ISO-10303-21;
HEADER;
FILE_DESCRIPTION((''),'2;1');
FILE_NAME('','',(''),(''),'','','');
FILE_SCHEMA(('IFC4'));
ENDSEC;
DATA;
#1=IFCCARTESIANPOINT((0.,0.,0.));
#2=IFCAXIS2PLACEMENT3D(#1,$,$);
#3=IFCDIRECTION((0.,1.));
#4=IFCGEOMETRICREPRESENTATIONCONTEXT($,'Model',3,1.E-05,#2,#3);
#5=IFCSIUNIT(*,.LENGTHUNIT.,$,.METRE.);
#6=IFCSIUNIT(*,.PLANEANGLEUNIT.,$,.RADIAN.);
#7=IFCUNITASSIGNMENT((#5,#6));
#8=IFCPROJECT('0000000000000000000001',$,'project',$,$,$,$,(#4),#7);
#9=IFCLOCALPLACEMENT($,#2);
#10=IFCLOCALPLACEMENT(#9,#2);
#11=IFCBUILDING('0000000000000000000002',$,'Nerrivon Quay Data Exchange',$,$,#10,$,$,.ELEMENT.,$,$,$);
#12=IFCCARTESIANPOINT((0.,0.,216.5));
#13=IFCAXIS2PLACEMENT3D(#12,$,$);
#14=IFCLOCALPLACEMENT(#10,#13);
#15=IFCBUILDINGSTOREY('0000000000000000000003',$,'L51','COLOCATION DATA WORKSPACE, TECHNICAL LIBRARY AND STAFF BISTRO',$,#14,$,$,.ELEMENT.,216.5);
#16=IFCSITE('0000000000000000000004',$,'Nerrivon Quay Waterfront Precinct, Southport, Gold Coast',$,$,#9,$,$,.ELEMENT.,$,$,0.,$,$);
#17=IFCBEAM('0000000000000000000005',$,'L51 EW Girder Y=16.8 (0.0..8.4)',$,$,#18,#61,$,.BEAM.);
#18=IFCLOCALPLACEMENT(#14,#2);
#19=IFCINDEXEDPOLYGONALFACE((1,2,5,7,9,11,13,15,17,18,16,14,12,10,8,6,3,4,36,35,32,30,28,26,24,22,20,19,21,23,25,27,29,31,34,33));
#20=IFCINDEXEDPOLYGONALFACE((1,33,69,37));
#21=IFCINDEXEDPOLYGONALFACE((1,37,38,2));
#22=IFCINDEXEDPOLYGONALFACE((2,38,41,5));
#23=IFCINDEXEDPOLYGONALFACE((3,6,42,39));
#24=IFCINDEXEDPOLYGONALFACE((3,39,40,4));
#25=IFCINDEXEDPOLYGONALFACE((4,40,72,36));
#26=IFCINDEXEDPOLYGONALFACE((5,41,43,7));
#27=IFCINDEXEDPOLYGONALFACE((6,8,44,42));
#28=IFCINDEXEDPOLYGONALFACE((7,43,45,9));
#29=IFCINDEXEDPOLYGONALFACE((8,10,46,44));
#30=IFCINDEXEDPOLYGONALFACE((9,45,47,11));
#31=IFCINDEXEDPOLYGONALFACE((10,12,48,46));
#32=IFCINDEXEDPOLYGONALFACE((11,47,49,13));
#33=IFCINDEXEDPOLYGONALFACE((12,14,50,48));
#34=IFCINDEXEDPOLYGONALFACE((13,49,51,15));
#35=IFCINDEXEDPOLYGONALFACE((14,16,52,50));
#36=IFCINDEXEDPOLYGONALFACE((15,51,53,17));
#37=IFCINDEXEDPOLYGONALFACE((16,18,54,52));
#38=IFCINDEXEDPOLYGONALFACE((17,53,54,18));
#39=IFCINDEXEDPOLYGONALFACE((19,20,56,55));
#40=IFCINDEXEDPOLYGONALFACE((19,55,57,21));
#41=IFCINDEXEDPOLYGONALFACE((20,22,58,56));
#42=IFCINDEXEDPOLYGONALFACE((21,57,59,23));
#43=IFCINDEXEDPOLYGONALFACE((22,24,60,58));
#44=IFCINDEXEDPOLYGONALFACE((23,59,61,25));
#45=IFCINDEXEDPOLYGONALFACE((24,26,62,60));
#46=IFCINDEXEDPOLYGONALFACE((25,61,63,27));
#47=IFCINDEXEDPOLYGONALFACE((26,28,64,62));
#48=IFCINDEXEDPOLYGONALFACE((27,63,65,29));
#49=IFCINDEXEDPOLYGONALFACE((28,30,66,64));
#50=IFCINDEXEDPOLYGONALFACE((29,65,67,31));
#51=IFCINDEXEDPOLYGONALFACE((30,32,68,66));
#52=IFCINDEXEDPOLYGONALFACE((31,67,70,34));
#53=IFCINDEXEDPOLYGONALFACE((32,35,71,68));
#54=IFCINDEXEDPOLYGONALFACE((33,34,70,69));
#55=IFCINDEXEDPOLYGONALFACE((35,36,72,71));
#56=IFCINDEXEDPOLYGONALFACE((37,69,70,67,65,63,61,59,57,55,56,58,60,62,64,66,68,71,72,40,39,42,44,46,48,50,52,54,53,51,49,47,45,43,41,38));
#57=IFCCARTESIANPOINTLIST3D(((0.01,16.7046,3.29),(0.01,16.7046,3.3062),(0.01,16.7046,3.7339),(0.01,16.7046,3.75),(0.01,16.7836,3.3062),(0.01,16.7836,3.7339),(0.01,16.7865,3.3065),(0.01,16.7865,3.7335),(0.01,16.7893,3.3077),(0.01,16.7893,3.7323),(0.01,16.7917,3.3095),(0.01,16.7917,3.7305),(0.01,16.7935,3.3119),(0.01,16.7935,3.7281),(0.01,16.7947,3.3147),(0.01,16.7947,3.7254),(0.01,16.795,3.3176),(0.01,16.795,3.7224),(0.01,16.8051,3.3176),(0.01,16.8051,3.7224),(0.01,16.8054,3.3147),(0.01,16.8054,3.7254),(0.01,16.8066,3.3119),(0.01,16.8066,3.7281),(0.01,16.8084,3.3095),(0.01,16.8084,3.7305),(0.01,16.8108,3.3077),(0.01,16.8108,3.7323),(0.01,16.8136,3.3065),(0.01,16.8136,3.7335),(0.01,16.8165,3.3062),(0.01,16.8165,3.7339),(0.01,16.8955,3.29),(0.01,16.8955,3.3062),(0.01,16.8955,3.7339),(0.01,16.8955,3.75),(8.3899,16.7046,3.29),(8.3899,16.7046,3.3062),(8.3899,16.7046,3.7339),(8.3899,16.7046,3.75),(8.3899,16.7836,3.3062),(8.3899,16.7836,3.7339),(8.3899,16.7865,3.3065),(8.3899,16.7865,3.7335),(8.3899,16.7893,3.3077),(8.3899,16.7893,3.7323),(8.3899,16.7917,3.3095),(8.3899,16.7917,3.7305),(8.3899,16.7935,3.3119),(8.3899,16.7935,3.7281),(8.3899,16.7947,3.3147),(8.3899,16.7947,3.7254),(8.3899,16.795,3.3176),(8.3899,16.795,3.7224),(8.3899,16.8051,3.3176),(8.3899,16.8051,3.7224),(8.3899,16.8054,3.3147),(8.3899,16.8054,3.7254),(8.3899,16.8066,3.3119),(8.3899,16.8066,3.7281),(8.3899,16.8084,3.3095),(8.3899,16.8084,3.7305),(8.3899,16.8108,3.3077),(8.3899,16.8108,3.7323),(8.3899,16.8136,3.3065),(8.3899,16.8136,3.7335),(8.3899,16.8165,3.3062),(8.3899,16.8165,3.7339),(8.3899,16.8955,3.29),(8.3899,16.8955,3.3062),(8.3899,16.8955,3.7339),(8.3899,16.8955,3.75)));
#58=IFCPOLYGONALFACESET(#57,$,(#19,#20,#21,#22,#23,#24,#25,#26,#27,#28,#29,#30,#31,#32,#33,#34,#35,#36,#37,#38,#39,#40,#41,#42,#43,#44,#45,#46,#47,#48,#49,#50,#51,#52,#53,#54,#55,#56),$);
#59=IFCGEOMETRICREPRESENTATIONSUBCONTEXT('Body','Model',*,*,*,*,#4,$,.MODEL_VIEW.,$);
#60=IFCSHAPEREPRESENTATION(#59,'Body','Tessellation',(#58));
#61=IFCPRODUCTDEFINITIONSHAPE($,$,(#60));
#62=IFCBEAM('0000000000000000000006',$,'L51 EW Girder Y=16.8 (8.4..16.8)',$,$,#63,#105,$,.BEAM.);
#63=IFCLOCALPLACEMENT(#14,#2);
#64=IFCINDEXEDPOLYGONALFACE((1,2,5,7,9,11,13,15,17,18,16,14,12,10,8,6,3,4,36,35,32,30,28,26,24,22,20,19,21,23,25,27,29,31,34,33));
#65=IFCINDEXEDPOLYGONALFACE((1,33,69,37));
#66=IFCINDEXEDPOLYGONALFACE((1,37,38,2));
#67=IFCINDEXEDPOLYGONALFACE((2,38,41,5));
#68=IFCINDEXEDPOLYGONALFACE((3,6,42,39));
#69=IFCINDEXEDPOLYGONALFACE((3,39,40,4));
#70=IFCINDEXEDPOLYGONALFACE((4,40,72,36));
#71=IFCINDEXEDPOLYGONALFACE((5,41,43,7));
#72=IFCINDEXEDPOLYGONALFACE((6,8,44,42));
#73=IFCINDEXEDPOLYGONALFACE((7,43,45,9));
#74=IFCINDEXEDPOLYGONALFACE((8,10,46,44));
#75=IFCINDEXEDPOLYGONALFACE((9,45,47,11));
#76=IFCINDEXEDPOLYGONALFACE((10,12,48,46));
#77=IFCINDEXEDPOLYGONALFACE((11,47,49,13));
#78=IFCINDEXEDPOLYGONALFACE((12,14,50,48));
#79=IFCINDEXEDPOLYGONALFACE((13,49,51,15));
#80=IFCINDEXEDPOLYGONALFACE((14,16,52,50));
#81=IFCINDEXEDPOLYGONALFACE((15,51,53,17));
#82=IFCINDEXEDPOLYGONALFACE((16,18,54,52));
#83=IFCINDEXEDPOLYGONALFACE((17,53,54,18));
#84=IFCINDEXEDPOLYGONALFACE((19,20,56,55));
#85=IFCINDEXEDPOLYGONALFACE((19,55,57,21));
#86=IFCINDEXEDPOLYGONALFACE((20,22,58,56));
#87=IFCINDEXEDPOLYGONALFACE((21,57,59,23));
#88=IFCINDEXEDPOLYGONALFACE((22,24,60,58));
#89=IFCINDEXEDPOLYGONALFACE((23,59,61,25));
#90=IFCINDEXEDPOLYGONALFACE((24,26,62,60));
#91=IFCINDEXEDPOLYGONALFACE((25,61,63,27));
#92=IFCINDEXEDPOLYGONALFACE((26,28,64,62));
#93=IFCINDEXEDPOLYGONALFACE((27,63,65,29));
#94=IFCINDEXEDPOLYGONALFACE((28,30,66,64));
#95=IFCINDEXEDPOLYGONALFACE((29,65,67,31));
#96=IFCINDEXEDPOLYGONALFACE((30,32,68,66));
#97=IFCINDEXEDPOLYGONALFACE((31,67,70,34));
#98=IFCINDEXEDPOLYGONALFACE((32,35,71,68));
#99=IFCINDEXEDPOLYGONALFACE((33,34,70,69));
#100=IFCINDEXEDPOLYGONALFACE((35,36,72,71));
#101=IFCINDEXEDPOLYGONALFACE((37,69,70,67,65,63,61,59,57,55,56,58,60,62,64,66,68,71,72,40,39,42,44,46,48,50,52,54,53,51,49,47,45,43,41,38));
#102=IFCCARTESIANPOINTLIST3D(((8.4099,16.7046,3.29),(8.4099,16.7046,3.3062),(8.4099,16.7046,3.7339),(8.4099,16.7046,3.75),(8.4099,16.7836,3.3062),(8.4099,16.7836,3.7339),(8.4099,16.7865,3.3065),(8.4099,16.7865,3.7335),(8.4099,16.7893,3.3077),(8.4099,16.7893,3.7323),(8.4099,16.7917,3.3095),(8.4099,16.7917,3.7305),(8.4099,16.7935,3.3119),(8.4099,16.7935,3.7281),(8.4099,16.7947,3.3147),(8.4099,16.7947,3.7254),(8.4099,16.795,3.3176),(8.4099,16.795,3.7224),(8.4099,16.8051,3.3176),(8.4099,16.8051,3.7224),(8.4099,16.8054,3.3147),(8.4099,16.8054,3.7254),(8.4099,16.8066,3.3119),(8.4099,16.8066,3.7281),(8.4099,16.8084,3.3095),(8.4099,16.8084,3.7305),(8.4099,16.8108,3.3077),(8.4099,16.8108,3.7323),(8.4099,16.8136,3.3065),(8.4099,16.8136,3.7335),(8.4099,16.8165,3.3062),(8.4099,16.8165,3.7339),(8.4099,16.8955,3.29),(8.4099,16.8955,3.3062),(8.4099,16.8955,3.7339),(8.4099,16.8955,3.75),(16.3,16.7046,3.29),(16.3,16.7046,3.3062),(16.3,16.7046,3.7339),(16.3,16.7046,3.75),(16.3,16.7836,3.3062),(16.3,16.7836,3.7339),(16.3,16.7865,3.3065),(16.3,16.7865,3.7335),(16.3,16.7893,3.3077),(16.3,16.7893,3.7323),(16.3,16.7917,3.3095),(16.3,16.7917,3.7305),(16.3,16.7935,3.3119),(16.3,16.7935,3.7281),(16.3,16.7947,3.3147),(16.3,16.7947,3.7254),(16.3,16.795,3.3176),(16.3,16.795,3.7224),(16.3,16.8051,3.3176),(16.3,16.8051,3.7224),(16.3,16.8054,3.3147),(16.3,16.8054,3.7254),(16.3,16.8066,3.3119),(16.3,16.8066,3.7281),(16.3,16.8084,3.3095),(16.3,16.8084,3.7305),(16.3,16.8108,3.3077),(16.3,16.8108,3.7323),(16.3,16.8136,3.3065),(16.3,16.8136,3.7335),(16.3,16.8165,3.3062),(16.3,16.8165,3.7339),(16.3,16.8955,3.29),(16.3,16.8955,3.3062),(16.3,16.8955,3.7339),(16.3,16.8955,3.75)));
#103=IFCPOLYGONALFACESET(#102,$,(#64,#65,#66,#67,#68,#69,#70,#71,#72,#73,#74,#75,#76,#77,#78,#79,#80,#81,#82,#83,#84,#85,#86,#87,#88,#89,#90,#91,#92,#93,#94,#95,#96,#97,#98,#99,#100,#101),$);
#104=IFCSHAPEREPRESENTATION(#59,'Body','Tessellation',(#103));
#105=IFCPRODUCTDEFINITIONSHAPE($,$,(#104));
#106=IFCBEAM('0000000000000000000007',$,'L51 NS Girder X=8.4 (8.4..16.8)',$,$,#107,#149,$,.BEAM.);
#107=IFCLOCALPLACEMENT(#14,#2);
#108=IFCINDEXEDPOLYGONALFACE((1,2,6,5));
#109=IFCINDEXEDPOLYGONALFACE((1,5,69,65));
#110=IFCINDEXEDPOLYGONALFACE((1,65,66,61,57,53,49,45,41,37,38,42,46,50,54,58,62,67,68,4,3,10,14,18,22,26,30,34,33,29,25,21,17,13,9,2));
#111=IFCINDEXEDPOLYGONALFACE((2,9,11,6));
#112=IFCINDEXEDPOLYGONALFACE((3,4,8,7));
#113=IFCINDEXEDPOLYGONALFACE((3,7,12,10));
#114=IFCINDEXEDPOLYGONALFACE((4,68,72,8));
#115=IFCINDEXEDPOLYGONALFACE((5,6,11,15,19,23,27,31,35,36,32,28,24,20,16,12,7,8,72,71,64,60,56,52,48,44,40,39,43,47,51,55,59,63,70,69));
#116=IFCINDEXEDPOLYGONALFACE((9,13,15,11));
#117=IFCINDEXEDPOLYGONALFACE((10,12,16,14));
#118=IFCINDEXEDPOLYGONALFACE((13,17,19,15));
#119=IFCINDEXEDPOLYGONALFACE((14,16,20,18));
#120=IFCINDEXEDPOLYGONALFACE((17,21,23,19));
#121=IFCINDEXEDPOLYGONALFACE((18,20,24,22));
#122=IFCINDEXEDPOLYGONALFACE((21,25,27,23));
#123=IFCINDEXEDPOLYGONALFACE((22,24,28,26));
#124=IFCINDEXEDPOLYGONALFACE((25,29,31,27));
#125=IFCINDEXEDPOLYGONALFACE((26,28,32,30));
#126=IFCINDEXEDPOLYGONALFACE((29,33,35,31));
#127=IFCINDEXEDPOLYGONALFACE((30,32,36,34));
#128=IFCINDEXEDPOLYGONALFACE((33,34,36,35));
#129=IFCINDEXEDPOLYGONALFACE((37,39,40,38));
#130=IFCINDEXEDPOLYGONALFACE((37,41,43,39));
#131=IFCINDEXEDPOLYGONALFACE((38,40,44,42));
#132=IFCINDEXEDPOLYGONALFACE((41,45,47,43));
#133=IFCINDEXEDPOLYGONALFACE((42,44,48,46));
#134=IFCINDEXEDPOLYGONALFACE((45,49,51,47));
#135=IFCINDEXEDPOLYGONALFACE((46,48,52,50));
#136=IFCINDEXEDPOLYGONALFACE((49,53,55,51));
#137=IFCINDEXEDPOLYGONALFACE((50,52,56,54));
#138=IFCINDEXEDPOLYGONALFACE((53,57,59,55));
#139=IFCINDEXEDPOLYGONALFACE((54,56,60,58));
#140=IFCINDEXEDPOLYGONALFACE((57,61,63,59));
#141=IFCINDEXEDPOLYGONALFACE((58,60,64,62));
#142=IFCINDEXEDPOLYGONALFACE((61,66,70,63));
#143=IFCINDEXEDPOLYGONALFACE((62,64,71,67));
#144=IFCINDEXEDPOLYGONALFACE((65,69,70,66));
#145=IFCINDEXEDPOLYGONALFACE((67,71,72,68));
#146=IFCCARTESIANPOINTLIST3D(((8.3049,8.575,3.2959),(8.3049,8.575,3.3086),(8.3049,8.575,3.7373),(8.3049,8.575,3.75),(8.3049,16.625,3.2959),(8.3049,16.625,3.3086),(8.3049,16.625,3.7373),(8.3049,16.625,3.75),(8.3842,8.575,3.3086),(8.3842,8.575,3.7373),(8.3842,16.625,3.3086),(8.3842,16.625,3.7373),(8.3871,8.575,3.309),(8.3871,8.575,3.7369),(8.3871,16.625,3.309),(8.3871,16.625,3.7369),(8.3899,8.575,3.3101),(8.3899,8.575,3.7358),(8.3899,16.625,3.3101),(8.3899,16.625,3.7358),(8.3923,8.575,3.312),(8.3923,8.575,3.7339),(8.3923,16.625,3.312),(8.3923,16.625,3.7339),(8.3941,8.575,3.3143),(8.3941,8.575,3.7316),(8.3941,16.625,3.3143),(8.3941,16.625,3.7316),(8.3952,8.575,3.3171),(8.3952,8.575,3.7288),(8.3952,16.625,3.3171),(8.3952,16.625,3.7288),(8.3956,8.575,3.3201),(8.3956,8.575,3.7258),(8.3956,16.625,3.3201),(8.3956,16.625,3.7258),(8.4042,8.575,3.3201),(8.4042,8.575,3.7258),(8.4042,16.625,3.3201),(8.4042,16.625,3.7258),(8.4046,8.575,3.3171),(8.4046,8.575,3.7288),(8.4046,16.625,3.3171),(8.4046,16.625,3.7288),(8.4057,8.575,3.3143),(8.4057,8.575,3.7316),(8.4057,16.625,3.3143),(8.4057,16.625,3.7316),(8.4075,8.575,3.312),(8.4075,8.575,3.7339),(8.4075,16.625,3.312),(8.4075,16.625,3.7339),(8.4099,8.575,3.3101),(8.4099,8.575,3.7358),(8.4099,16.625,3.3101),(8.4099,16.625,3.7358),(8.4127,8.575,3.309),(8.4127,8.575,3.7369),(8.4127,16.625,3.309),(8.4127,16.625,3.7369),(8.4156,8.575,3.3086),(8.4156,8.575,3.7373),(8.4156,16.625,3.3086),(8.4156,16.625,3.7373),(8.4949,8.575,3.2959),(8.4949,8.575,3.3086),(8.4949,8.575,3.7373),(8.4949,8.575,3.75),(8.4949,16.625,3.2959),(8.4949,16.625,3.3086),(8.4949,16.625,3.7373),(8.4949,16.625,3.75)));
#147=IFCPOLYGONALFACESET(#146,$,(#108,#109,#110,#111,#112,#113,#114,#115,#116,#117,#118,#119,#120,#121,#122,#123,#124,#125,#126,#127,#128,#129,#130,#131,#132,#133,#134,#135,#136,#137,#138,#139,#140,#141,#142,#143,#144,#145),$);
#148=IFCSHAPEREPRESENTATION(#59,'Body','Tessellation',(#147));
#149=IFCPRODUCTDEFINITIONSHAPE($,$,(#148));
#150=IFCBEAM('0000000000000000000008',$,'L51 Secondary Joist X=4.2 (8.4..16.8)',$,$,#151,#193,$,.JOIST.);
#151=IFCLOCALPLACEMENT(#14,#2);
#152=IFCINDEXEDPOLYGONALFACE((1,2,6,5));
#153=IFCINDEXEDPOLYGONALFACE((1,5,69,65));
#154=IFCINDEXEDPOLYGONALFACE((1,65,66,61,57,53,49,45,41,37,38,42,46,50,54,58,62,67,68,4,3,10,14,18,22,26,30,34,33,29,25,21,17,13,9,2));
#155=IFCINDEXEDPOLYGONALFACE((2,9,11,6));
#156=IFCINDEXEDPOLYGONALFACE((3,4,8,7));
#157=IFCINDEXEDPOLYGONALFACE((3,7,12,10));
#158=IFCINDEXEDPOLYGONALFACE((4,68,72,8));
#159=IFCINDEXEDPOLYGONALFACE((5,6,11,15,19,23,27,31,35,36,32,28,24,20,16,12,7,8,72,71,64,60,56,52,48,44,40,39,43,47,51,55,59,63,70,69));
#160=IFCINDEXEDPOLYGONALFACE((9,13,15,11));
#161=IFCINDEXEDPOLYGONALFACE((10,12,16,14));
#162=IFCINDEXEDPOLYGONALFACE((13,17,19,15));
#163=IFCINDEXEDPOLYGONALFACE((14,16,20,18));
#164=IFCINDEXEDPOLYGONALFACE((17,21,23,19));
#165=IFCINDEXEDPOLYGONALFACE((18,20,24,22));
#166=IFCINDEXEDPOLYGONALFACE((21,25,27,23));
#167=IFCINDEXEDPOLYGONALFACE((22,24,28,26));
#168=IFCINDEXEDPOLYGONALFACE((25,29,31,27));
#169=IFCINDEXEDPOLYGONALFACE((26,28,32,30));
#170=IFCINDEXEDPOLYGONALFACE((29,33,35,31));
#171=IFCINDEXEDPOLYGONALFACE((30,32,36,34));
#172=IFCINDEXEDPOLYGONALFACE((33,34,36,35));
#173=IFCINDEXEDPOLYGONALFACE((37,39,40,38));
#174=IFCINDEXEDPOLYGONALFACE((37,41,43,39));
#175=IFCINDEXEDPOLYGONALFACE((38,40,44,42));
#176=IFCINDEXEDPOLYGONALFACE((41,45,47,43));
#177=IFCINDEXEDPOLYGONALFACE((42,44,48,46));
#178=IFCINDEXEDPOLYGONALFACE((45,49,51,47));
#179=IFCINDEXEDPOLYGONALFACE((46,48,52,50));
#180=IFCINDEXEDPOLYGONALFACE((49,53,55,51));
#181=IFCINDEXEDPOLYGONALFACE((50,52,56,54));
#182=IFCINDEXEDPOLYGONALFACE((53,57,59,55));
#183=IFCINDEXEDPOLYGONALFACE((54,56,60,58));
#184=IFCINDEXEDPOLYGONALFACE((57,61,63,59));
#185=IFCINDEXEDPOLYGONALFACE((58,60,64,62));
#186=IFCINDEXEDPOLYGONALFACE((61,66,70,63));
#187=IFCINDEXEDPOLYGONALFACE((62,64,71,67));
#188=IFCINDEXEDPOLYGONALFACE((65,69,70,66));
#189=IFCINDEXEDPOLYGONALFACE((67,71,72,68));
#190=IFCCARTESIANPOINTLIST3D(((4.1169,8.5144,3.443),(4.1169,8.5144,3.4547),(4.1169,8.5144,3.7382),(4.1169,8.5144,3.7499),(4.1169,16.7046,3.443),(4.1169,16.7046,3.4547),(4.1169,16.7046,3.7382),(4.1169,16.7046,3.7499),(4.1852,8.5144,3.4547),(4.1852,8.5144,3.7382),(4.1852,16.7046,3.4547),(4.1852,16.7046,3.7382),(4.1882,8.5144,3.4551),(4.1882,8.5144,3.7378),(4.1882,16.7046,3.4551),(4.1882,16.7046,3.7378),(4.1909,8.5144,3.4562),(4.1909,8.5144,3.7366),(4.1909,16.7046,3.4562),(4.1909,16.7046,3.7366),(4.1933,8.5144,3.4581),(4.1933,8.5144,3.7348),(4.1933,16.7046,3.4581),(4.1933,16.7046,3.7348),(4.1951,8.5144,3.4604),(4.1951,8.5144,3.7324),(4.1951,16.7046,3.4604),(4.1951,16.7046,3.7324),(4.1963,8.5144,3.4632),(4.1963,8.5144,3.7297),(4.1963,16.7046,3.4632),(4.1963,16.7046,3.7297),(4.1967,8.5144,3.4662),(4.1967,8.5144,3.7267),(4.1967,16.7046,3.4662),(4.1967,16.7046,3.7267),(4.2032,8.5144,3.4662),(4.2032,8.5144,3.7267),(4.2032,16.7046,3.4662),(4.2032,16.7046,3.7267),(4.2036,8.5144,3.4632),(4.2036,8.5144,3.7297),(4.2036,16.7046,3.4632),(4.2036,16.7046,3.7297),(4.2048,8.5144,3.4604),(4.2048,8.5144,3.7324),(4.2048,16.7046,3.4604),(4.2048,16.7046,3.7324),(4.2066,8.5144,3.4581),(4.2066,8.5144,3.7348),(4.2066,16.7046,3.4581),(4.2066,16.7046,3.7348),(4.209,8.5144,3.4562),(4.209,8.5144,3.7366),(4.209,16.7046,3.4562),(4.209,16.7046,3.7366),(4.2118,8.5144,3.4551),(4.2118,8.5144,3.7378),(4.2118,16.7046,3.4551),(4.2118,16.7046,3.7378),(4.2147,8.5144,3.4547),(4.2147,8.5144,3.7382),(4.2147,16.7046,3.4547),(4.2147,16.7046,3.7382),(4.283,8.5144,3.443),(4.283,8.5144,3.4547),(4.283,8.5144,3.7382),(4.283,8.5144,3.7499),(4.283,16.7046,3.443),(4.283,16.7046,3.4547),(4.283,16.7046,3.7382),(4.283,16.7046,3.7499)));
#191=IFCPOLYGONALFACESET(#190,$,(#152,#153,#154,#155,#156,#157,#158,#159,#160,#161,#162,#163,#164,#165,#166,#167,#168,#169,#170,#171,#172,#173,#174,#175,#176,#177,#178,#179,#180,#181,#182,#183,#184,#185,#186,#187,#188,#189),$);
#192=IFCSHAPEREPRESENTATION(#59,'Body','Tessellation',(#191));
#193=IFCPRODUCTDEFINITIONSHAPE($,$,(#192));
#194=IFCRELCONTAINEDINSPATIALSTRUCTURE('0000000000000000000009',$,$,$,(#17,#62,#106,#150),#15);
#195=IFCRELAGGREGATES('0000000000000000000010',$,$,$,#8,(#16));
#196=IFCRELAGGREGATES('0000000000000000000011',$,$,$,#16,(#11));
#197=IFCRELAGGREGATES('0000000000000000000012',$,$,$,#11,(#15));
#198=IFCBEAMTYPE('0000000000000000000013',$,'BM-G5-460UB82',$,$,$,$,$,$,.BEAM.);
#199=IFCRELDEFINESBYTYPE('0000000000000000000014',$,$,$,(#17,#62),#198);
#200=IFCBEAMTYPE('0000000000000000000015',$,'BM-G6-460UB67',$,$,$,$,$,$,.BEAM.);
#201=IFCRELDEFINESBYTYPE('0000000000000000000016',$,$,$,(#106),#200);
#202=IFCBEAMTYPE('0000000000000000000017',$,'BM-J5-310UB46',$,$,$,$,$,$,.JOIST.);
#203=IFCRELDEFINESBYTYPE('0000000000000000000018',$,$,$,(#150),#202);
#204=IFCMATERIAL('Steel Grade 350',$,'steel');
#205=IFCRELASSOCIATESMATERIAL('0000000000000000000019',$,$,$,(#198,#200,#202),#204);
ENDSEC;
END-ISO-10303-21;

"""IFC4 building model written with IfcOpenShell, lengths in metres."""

from ifc_helpers import new_model, si_unit, direction, frame, origin, origin_2d, place, context, subcontext, project, spatial, i_section, extrude, material, material_profile, profile_set, type_object, element, save


model = new_model("IFC4")

# Units and contexts
model_context = context("Model", 3, precision=1e-05, world=origin(), true_north=direction((0.0, 1.0)))
body_context = subcontext(model_context, "Body", "Model", "MODEL_VIEW")
ifc_project = project(units=[si_unit("LENGTHUNIT", "METRE"), si_unit("PLANEANGLEUNIT", "RADIAN")], contexts=[model_context])

# Site, building, storey
site_placement = place(None, origin())
site = spatial("IfcSite", under=ifc_project, at=site_placement, Name="Nerrivon Quay Waterfront Precinct, Southport, Gold Coast", CompositionType="ELEMENT", RefElevation=0.0)
building_placement = place(site_placement, origin())
building = spatial("IfcBuilding", under=site, at=building_placement, Name="Nerrivon Quay Data Exchange", CompositionType="ELEMENT")
storey_placement = place(building_placement, frame((0.0, 0.0, 216.5)))
storey = spatial("IfcBuildingStorey", under=building, at=storey_placement, Name="L51", Description="COLOCATION DATA WORKSPACE, TECHNICAL LIBRARY AND STAFF BISTRO", CompositionType="ELEMENT", Elevation=216.5)

# Shared definitions
ifc_material_1 = material(Name="Steel Grade 350", Category="steel")

# Beams
ifc_material_profile_1 = material_profile(ifc_material_1, i_section(OverallWidth=0.1909, OverallDepth=0.46, WebThickness=0.01, FlangeThickness=0.0161, FilletRadius=0.0115, at=origin_2d()), Name="460UB82.1")
ifc_profile_set_1 = profile_set([ifc_material_profile_1], Name="Steel Grade 350")
beam_type_1 = type_object("IfcBeamType", Name="BM-G5-460UB82", PredefinedType="BEAM", material=ifc_profile_set_1)
beam_1_placement = place(storey_placement, frame((0.01, 16.8, 3.52), z_axis=(1.0, 0.0, 0.0), x_axis=(0.0, 1.0, 0.0)))
element("IfcBeam", 1, at=beam_1_placement, inside=storey, type_object=beam_type_1, Name="L51 EW Girder Y=16.8 (0.0..8.4)", PredefinedType="BEAM", context=body_context, shape_type="SweptSolid", body=[
    extrude(i_section(OverallWidth=0.1909, OverallDepth=0.46, WebThickness=0.01, FlangeThickness=0.0161, FilletRadius=0.0115, at=origin_2d()), origin(), (0.0, 0.0, 1.0), 8.3799),
])
beam_2_placement = place(storey_placement, frame((8.4099, 16.8, 3.52), z_axis=(1.0, 0.0, 0.0), x_axis=(0.0, 1.0, 0.0)))
element("IfcBeam", 2, at=beam_2_placement, inside=storey, type_object=beam_type_1, Name="L51 EW Girder Y=16.8 (8.4..16.8)", PredefinedType="BEAM", context=body_context, shape_type="SweptSolid", body=[
    extrude(i_section(OverallWidth=0.1909, OverallDepth=0.46, WebThickness=0.01, FlangeThickness=0.0161, FilletRadius=0.0115, at=origin_2d()), origin(), (0.0, 0.0, 1.0), 7.8901),
])
ifc_material_profile_2 = material_profile(ifc_material_1, i_section(OverallWidth=0.1899, OverallDepth=0.4541, WebThickness=0.0085, FlangeThickness=0.0127, FilletRadius=0.0115, at=origin_2d()), Name="460UB67.1")
ifc_profile_set_2 = profile_set([ifc_material_profile_2], Name="Steel Grade 350")
beam_type_2 = type_object("IfcBeamType", Name="BM-G6-460UB67", PredefinedType="BEAM", material=ifc_profile_set_2)
beam_3_placement = place(storey_placement, frame((8.3999, 8.575, 3.5229), z_axis=(0.0, 1.0, 0.0), x_axis=(-1.0, 0.0, 0.0)))
element("IfcBeam", 3, at=beam_3_placement, inside=storey, type_object=beam_type_2, Name="L51 NS Girder X=8.4 (8.4..16.8)", PredefinedType="BEAM", context=body_context, shape_type="SweptSolid", body=[
    extrude(i_section(OverallWidth=0.1899, OverallDepth=0.4541, WebThickness=0.0085, FlangeThickness=0.0127, FilletRadius=0.0115, at=origin_2d()), origin(), (0.0, 0.0, 1.0), 8.05),
])
ifc_material_profile_3 = material_profile(ifc_material_1, i_section(OverallWidth=0.166, OverallDepth=0.3069, WebThickness=0.0066, FlangeThickness=0.0117, FilletRadius=0.0115, at=origin_2d()), Name="310UB46.2")
ifc_profile_set_3 = profile_set([ifc_material_profile_3], Name="Steel Grade 350")
beam_type_3 = type_object("IfcBeamType", Name="BM-J5-310UB46", PredefinedType="JOIST", material=ifc_profile_set_3)
beam_4_placement = place(storey_placement, frame((4.2, 8.5144, 3.5964), z_axis=(0.0, 1.0, 0.0), x_axis=(-1.0, 0.0, 0.0)))
element("IfcBeam", 4, at=beam_4_placement, inside=storey, type_object=beam_type_3, Name="L51 Secondary Joist X=4.2 (8.4..16.8)", PredefinedType="JOIST", context=body_context, shape_type="SweptSolid", body=[
    extrude(i_section(OverallWidth=0.166, OverallDepth=0.3069, WebThickness=0.0066, FlangeThickness=0.0117, FilletRadius=0.0115, at=origin_2d()), origin(), (0.0, 0.0, 1.0), 8.1902),
])

save(model, "model.ifc")
